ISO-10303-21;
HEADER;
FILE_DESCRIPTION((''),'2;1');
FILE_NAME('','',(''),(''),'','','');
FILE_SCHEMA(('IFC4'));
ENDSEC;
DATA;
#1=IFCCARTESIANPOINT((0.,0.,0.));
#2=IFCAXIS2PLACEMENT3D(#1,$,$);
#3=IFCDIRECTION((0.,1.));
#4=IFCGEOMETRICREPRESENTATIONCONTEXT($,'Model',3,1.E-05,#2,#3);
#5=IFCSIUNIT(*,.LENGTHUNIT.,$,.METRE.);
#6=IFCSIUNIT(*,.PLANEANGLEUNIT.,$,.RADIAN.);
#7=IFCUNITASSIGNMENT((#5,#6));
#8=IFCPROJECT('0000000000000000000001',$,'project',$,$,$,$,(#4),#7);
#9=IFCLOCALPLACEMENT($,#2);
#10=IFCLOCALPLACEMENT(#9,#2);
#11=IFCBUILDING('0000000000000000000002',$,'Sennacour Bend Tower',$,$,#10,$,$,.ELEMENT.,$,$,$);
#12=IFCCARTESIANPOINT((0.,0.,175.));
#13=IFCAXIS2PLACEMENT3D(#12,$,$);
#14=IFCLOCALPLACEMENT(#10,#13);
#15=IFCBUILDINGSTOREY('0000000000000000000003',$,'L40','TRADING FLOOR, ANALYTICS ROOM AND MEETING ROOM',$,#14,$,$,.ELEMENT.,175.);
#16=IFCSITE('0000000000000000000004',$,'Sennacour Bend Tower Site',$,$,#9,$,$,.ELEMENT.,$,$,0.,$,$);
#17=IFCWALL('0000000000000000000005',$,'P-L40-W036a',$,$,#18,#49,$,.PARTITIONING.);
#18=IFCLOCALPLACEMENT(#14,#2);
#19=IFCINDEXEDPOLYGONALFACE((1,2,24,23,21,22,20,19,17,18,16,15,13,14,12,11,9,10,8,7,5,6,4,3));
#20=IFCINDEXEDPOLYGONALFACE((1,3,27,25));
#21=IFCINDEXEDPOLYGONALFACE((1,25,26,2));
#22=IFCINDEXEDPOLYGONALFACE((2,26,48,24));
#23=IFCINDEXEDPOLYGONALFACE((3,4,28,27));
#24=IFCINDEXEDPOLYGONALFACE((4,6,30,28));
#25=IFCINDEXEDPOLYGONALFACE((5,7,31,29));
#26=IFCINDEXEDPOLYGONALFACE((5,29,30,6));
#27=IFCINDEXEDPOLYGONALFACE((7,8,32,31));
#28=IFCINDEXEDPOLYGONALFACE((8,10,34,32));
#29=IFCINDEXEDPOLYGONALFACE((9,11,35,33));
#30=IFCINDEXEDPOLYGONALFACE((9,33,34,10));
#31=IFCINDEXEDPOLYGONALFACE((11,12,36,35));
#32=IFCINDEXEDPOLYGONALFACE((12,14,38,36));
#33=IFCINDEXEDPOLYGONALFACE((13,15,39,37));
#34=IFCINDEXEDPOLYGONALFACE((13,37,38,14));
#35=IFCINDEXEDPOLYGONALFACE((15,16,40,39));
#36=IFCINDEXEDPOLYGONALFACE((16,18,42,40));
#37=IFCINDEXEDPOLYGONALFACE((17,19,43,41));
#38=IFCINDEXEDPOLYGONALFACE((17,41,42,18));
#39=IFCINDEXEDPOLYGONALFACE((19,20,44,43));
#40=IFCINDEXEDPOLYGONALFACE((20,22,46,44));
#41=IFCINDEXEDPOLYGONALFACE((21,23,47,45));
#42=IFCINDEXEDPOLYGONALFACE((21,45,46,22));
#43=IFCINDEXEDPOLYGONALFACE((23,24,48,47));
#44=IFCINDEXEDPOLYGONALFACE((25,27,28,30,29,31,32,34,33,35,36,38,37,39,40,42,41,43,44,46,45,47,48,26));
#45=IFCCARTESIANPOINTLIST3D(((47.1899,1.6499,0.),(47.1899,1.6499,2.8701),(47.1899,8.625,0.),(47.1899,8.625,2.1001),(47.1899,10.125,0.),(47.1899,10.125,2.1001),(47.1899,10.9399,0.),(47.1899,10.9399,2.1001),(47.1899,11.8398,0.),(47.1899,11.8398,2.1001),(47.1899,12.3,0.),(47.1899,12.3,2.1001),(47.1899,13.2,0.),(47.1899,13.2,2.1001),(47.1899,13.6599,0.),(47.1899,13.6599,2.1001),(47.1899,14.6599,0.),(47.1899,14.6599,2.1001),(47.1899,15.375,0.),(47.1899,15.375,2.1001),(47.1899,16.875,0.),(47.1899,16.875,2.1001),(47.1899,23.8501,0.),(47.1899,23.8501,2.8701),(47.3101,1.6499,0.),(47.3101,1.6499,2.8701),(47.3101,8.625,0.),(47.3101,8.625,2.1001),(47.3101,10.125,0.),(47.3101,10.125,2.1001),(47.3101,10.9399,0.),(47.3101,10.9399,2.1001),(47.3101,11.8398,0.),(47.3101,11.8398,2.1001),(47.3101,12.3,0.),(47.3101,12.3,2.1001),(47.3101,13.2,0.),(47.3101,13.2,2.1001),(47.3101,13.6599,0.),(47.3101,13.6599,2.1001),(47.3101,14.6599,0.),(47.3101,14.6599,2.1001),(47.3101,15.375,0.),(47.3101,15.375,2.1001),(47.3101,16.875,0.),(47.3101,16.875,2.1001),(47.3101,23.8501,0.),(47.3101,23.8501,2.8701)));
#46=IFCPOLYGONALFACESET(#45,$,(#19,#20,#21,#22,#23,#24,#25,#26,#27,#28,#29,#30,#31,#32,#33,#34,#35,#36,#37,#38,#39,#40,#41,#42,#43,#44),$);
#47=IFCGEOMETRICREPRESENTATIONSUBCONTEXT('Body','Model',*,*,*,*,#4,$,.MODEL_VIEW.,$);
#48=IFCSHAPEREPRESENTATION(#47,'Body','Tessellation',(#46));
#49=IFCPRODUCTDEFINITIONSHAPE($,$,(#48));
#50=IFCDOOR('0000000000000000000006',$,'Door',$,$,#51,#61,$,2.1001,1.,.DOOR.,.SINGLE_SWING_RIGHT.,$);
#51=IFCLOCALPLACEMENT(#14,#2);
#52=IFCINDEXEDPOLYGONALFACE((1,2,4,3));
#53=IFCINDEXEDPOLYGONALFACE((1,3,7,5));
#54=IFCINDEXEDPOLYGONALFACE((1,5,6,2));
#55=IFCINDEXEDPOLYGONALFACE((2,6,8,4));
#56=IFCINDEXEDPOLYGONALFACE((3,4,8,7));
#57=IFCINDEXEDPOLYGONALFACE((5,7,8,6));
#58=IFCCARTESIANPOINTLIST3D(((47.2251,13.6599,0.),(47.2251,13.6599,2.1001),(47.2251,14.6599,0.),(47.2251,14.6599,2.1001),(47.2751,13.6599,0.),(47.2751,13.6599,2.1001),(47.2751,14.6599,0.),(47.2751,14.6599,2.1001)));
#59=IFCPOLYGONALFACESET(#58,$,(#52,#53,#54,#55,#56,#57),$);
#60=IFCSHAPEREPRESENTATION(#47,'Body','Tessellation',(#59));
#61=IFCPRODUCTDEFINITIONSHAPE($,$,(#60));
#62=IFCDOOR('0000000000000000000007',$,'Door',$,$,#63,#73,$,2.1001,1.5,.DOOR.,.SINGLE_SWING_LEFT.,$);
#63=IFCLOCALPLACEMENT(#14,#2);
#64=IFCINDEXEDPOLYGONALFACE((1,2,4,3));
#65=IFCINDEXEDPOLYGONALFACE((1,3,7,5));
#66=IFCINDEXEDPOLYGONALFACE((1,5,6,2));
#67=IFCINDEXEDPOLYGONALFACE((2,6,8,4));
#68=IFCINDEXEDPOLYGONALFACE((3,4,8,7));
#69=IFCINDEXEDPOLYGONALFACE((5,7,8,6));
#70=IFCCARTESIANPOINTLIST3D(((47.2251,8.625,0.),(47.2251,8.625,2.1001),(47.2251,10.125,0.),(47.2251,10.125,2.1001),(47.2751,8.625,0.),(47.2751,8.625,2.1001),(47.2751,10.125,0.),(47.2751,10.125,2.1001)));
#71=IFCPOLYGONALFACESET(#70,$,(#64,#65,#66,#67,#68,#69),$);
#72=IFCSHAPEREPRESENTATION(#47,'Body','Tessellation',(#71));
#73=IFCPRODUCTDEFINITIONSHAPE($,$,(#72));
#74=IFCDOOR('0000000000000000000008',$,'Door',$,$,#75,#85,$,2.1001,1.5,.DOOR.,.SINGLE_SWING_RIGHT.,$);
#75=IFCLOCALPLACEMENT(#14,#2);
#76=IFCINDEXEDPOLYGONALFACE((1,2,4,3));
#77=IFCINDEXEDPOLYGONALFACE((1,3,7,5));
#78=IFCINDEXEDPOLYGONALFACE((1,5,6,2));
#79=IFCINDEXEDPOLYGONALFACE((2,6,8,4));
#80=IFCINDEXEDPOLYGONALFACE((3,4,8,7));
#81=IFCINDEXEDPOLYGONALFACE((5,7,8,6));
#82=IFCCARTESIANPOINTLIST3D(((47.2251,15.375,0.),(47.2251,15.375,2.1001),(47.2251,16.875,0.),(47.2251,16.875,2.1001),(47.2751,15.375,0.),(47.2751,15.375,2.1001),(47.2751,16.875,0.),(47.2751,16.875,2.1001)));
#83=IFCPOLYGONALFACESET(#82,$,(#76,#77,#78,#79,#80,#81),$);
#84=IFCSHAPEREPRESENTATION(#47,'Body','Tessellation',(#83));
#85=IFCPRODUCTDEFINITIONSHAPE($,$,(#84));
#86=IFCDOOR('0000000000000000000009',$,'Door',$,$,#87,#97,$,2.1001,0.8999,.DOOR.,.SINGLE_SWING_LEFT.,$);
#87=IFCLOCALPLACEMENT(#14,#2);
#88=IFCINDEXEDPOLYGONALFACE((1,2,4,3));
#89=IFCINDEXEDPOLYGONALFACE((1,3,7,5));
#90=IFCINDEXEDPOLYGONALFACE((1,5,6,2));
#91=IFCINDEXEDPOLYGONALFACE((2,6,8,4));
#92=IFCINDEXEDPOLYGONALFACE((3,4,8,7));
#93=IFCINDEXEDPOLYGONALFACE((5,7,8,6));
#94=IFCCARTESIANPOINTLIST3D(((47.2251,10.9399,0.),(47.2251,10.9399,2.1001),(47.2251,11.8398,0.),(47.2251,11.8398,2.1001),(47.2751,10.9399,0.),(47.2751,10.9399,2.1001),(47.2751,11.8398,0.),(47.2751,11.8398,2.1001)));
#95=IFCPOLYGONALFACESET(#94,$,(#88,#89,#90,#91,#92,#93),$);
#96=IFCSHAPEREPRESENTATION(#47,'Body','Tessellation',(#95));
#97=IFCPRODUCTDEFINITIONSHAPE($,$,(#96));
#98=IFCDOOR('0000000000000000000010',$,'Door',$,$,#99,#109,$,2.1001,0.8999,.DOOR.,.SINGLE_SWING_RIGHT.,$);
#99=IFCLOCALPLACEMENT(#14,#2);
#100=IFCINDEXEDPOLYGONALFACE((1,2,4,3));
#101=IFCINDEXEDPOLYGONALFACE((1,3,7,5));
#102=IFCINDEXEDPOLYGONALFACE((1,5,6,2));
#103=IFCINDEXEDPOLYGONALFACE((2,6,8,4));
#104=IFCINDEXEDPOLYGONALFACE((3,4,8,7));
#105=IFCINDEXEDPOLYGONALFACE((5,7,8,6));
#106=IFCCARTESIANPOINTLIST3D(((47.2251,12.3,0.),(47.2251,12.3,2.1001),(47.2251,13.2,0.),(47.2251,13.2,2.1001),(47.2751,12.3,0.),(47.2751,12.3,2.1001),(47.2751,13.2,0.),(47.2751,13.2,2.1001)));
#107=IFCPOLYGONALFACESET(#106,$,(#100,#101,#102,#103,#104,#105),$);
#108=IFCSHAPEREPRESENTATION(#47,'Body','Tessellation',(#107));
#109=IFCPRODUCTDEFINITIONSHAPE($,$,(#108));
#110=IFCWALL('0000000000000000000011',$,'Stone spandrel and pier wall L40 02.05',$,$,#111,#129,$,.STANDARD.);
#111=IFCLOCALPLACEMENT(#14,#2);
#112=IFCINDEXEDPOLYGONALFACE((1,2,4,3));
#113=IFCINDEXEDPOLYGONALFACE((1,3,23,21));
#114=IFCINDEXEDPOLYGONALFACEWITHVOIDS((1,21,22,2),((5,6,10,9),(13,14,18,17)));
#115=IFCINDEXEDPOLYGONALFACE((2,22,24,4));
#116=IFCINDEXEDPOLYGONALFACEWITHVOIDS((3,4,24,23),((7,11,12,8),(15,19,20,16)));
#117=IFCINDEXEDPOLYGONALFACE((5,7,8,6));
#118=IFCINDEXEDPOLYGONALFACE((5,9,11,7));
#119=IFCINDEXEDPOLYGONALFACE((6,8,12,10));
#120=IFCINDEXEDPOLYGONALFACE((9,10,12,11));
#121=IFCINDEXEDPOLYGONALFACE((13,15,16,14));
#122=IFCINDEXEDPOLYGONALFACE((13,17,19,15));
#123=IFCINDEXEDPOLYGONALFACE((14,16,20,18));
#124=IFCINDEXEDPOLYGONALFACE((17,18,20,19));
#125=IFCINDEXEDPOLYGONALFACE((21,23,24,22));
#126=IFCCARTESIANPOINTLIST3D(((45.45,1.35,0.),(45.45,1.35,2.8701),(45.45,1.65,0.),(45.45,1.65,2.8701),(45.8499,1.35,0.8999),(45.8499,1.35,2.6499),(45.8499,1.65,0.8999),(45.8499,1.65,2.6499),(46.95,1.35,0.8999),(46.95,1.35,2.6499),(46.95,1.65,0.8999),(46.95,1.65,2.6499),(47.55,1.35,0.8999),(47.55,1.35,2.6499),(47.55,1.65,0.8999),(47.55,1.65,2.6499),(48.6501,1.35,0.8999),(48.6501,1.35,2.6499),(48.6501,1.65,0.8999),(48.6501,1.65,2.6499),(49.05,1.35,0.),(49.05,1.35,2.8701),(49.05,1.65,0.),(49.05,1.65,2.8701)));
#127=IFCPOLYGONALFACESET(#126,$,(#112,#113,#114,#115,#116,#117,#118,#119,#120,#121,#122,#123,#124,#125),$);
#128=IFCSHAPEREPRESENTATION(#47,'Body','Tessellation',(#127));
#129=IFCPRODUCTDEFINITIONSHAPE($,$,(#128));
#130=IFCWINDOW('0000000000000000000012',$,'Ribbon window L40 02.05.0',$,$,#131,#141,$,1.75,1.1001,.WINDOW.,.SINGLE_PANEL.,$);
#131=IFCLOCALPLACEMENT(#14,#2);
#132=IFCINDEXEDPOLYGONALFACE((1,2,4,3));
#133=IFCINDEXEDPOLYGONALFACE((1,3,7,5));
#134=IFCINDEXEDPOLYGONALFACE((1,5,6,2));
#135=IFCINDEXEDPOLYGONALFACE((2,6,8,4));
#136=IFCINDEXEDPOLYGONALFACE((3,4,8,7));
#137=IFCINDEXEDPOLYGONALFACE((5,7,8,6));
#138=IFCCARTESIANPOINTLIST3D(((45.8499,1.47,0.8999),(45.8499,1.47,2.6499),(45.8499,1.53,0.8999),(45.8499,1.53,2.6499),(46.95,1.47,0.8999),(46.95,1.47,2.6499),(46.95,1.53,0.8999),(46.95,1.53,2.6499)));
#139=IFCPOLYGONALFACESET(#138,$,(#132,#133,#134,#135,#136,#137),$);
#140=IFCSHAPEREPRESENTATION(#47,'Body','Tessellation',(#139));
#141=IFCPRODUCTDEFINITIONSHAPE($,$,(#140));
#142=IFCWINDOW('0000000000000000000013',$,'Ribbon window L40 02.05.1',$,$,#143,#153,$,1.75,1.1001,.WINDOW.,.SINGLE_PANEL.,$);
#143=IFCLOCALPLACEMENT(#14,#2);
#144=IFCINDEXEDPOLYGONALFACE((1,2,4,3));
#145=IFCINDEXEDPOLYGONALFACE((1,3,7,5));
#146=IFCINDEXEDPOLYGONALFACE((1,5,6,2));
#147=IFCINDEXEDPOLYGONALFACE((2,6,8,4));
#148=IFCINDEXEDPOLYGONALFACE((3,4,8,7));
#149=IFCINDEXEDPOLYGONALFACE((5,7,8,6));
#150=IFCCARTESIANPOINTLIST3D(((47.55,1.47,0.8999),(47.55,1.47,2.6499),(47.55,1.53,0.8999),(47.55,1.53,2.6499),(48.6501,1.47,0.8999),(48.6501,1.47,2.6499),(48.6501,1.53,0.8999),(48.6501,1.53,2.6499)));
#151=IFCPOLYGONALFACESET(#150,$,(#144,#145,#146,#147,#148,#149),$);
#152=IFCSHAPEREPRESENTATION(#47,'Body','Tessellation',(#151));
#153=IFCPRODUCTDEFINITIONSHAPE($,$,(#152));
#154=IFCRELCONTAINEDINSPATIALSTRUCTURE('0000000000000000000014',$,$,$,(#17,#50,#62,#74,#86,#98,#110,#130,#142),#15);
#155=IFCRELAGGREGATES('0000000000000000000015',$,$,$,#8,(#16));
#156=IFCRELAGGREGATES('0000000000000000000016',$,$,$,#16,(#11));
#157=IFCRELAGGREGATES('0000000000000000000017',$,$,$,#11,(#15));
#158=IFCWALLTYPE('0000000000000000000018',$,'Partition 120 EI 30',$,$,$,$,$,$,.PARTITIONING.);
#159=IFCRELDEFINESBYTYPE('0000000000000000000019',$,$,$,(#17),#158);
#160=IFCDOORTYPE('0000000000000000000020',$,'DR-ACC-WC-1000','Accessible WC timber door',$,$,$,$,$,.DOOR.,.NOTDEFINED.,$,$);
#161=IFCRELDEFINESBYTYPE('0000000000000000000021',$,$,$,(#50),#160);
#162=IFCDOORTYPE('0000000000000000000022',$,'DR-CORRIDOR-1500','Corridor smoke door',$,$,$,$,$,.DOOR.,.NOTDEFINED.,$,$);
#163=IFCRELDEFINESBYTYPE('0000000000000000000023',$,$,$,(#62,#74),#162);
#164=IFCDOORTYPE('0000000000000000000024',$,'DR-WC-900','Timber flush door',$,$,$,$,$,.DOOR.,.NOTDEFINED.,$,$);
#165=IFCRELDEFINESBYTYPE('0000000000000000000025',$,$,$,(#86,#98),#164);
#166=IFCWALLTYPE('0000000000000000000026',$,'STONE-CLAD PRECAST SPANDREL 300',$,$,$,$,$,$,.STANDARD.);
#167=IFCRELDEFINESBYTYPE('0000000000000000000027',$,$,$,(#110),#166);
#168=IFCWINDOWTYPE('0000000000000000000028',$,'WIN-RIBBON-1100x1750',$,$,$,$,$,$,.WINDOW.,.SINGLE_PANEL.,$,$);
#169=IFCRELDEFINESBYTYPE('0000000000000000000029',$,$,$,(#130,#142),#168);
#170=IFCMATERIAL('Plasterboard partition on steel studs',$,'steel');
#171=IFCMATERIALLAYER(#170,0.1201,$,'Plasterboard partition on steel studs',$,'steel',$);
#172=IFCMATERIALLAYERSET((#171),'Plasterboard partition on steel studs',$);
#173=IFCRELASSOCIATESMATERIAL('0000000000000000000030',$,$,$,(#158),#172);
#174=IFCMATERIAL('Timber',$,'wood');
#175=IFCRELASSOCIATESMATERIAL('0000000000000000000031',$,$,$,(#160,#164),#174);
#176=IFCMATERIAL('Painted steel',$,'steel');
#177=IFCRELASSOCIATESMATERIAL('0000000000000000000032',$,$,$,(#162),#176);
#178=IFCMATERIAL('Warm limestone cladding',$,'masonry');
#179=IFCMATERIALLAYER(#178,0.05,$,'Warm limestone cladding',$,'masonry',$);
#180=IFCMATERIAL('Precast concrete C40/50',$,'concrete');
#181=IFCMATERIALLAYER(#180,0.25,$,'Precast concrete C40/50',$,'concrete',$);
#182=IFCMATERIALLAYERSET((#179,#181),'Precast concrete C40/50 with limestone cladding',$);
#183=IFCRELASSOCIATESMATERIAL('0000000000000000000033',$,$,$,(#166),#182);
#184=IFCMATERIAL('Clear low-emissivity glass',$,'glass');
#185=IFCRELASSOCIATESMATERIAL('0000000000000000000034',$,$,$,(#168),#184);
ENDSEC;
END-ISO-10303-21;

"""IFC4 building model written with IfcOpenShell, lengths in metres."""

from ifc_helpers import new_model, si_unit, direction, frame, frame_2d, origin, place, context, subcontext, project, spatial, rectangle, extrude, material, layer, layer_set, type_object, element, fill, save


model = new_model("IFC4")

# Units and contexts
model_context = context("Model", 3, precision=1e-05, world=origin(), true_north=direction((0.0, 1.0)))
body_context = subcontext(model_context, "Body", "Model", "MODEL_VIEW")
ifc_project = project(units=[si_unit("LENGTHUNIT", "METRE"), si_unit("PLANEANGLEUNIT", "RADIAN")], contexts=[model_context])

# Site, building, storey
site_placement = place(None, origin())
site = spatial("IfcSite", under=ifc_project, at=site_placement, Name="Sennacour Bend Tower Site", CompositionType="ELEMENT", RefElevation=0.0)
building_placement = place(site_placement, origin())
building = spatial("IfcBuilding", under=site, at=building_placement, Name="Sennacour Bend Tower", CompositionType="ELEMENT")
storey_placement = place(building_placement, frame((0.0, 0.0, 175.0)))
storey = spatial("IfcBuildingStorey", under=building, at=storey_placement, Name="L40", Description="TRADING FLOOR, ANALYTICS ROOM AND MEETING ROOM", CompositionType="ELEMENT", Elevation=175.0)

# Shared definitions
ifc_material_1 = material(Name="Plasterboard partition on steel studs", Category="steel")

# Wall, openings, doors
ifc_layer_1 = layer(ifc_material_1, 0.1201, Name="Plasterboard partition on steel studs", Category="steel")
ifc_layer_set_1 = layer_set([ifc_layer_1], Name="Plasterboard partition on steel studs")
wall_type_1 = type_object("IfcWallType", Name="Partition 120 EI 30", PredefinedType="PARTITIONING", material=ifc_layer_set_1)
wall_1_placement = place(storey_placement, frame((47.25, 1.6499, 0.0), z_axis=(0.0, 0.0, 1.0), x_axis=(0.0, 1.0, 0.0)))
wall_1 = element("IfcWall", 1, at=wall_1_placement, inside=storey, type_object=wall_type_1, Name="P-L40-W036a", PredefinedType="PARTITIONING", context=body_context, shape_type="SweptSolid", body=[
    extrude(rectangle(XDim=22.2002, YDim=0.1201, at=frame_2d((11.1001, 0.0))), origin(), (0.0, 0.0, 1.0), 2.8701),
])
opening_1_placement = place(wall_1_placement, frame((6.9751, 0.0, 0.0)))
opening_1 = element("IfcOpeningElement", 2, at=opening_1_placement, cuts=wall_1, PredefinedType="OPENING", context=body_context, shape_type="SweptSolid", body=[
    extrude(rectangle(XDim=1.5, YDim=2.1001, at=frame_2d((0.75, 1.05))), frame((0.0, 0.0701, 0.0), z_axis=(0.0, -1.0, 0.0), x_axis=(1.0, 0.0, 0.0)), (0.0, 0.0, 1.0), 0.1401),
])
opening_2_placement = place(wall_1_placement, frame((13.7251, 0.0, 0.0)))
opening_2 = element("IfcOpeningElement", 3, at=opening_2_placement, cuts=wall_1, PredefinedType="OPENING", context=body_context, shape_type="SweptSolid", body=[
    extrude(rectangle(XDim=1.5, YDim=2.1001, at=frame_2d((0.75, 1.05))), frame((0.0, 0.0701, 0.0), z_axis=(0.0, -1.0, 0.0), x_axis=(1.0, 0.0, 0.0)), (0.0, 0.0, 1.0), 0.1401),
])
opening_3_placement = place(wall_1_placement, frame((9.29, 0.0, 0.0)))
opening_3 = element("IfcOpeningElement", 4, at=opening_3_placement, cuts=wall_1, PredefinedType="OPENING", context=body_context, shape_type="SweptSolid", body=[
    extrude(rectangle(XDim=0.8999, YDim=2.1001, at=frame_2d((0.45, 1.05))), frame((0.0, 0.0701, 0.0), z_axis=(0.0, -1.0, 0.0), x_axis=(1.0, 0.0, 0.0)), (0.0, 0.0, 1.0), 0.1401),
])
opening_4_placement = place(wall_1_placement, frame((10.6501, 0.0, 0.0)))
opening_4 = element("IfcOpeningElement", 5, at=opening_4_placement, cuts=wall_1, PredefinedType="OPENING", context=body_context, shape_type="SweptSolid", body=[
    extrude(rectangle(XDim=0.8999, YDim=2.1001, at=frame_2d((0.45, 1.05))), frame((0.0, 0.0701, 0.0), z_axis=(0.0, -1.0, 0.0), x_axis=(1.0, 0.0, 0.0)), (0.0, 0.0, 1.0), 0.1401),
])
opening_5_placement = place(wall_1_placement, frame((12.01, 0.0, 0.0)))
opening_5 = element("IfcOpeningElement", 6, at=opening_5_placement, cuts=wall_1, PredefinedType="OPENING", context=body_context, shape_type="SweptSolid", body=[
    extrude(rectangle(XDim=1.0, YDim=2.1001, at=frame_2d((0.5, 1.05))), frame((0.0, 0.0701, 0.0), z_axis=(0.0, -1.0, 0.0), x_axis=(1.0, 0.0, 0.0)), (0.0, 0.0, 1.0), 0.1401),
])
ifc_material_2 = material(Name="Timber", Category="wood")
door_type_1 = type_object("IfcDoorType", Name="DR-ACC-WC-1000", Description="Accessible WC timber door", OperationType="NOTDEFINED", PredefinedType="DOOR", material=ifc_material_2)
door_1_placement = place(opening_5_placement, origin())
door_1 = element("IfcDoor", 7, at=door_1_placement, inside=storey, type_object=door_type_1, Name="Door", OperationType="SINGLE_SWING_RIGHT", OverallHeight=2.1001, OverallWidth=1.0, PredefinedType="DOOR", context=body_context, shape_type="SweptSolid", body=[
    extrude(rectangle(XDim=1.0, YDim=2.1001, at=frame_2d((0.5, 1.05))), frame((0.0, 0.0249, 0.0), z_axis=(0.0, -1.0, 0.0), x_axis=(1.0, 0.0, 0.0)), (0.0, 0.0, 1.0), 0.05),
])
fill(opening_5, door_1)
ifc_material_3 = material(Name="Painted steel", Category="steel")
door_type_2 = type_object("IfcDoorType", Name="DR-CORRIDOR-1500", Description="Corridor smoke door", OperationType="NOTDEFINED", PredefinedType="DOOR", material=ifc_material_3)
door_2_placement = place(opening_1_placement, origin())
door_2 = element("IfcDoor", 8, at=door_2_placement, inside=storey, type_object=door_type_2, Name="Door", OperationType="SINGLE_SWING_LEFT", OverallHeight=2.1001, OverallWidth=1.5, PredefinedType="DOOR", context=body_context, shape_type="SweptSolid", body=[
    extrude(rectangle(XDim=1.5, YDim=2.1001, at=frame_2d((0.75, 1.05))), frame((0.0, 0.0249, 0.0), z_axis=(0.0, -1.0, 0.0), x_axis=(1.0, 0.0, 0.0)), (0.0, 0.0, 1.0), 0.05),
])
fill(opening_1, door_2)
door_3_placement = place(opening_2_placement, origin())
door_3 = element("IfcDoor", 9, at=door_3_placement, inside=storey, type_object=door_type_2, Name="Door", OperationType="SINGLE_SWING_RIGHT", OverallHeight=2.1001, OverallWidth=1.5, PredefinedType="DOOR", context=body_context, shape_type="SweptSolid", body=[
    extrude(rectangle(XDim=1.5, YDim=2.1001, at=frame_2d((0.75, 1.05))), frame((0.0, 0.0249, 0.0), z_axis=(0.0, -1.0, 0.0), x_axis=(1.0, 0.0, 0.0)), (0.0, 0.0, 1.0), 0.05),
])
fill(opening_2, door_3)
door_type_3 = type_object("IfcDoorType", Name="DR-WC-900", Description="Timber flush door", OperationType="NOTDEFINED", PredefinedType="DOOR", material=ifc_material_2)
door_4_placement = place(opening_3_placement, origin())
door_4 = element("IfcDoor", 10, at=door_4_placement, inside=storey, type_object=door_type_3, Name="Door", OperationType="SINGLE_SWING_LEFT", OverallHeight=2.1001, OverallWidth=0.8999, PredefinedType="DOOR", context=body_context, shape_type="SweptSolid", body=[
    extrude(rectangle(XDim=0.8999, YDim=2.1001, at=frame_2d((0.45, 1.05))), frame((0.0, 0.0249, 0.0), z_axis=(0.0, -1.0, 0.0), x_axis=(1.0, 0.0, 0.0)), (0.0, 0.0, 1.0), 0.05),
])
fill(opening_3, door_4)
door_5_placement = place(opening_4_placement, origin())
door_5 = element("IfcDoor", 11, at=door_5_placement, inside=storey, type_object=door_type_3, Name="Door", OperationType="SINGLE_SWING_RIGHT", OverallHeight=2.1001, OverallWidth=0.8999, PredefinedType="DOOR", context=body_context, shape_type="SweptSolid", body=[
    extrude(rectangle(XDim=0.8999, YDim=2.1001, at=frame_2d((0.45, 1.05))), frame((0.0, 0.0249, 0.0), z_axis=(0.0, -1.0, 0.0), x_axis=(1.0, 0.0, 0.0)), (0.0, 0.0, 1.0), 0.05),
])
fill(opening_4, door_5)

# Wall, openings, windows
ifc_material_4 = material(Name="Warm limestone cladding", Category="masonry")
ifc_layer_2 = layer(ifc_material_4, 0.05, Name="Warm limestone cladding", Category="masonry")
ifc_material_5 = material(Name="Precast concrete C40/50", Category="concrete")
ifc_layer_3 = layer(ifc_material_5, 0.25, Name="Precast concrete C40/50", Category="concrete")
ifc_layer_set_2 = layer_set([ifc_layer_2, ifc_layer_3], Name="Precast concrete C40/50 with limestone cladding")
wall_type_2 = type_object("IfcWallType", Name="STONE-CLAD PRECAST SPANDREL 300", PredefinedType="STANDARD", material=ifc_layer_set_2)
wall_2_placement = place(storey_placement, frame((45.45, 1.5, 0.0), z_axis=(0.0, 0.0, 1.0), x_axis=(1.0, 0.0, 0.0)))
wall_2 = element("IfcWall", 12, at=wall_2_placement, inside=storey, type_object=wall_type_2, Name="Stone spandrel and pier wall L40 02.05", PredefinedType="STANDARD", context=body_context, shape_type="SweptSolid", body=[
    extrude(rectangle(XDim=3.6001, YDim=0.3, at=frame_2d((1.8, 0.0))), origin(), (0.0, 0.0, 1.0), 2.8701),
])
opening_6_placement = place(wall_2_placement, frame((0.3999, 0.0, 0.8999)))
opening_6 = element("IfcOpeningElement", 13, at=opening_6_placement, cuts=wall_2, PredefinedType="OPENING", context=body_context, shape_type="SweptSolid", body=[
    extrude(rectangle(XDim=1.1001, YDim=1.75, at=frame_2d((0.55, 0.875))), frame((0.0, 0.1602, 0.0), z_axis=(0.0, -1.0, 0.0), x_axis=(1.0, 0.0, 0.0)), (0.0, 0.0, 1.0), 0.3201),
])
opening_7_placement = place(wall_2_placement, frame((2.1001, 0.0, 0.8999)))
opening_7 = element("IfcOpeningElement", 14, at=opening_7_placement, cuts=wall_2, PredefinedType="OPENING", context=body_context, shape_type="SweptSolid", body=[
    extrude(rectangle(XDim=1.1001, YDim=1.75, at=frame_2d((0.55, 0.875))), frame((0.0, 0.1602, 0.0), z_axis=(0.0, -1.0, 0.0), x_axis=(1.0, 0.0, 0.0)), (0.0, 0.0, 1.0), 0.3201),
])
ifc_material_6 = material(Name="Clear low-emissivity glass", Category="glass")
window_type = type_object("IfcWindowType", Name="WIN-RIBBON-1100x1750", PartitioningType="SINGLE_PANEL", PredefinedType="WINDOW", material=ifc_material_6)
window_1_placement = place(opening_6_placement, origin())
window_1 = element("IfcWindow", 15, at=window_1_placement, inside=storey, type_object=window_type, Name="Ribbon window L40 02.05.0", OverallHeight=1.75, OverallWidth=1.1001, PartitioningType="SINGLE_PANEL", PredefinedType="WINDOW", context=body_context, shape_type="SweptSolid", body=[
    extrude(rectangle(XDim=1.1001, YDim=1.75, at=frame_2d((0.55, 0.875))), frame((0.0, 0.03, 0.0), z_axis=(0.0, -1.0, 0.0), x_axis=(1.0, 0.0, 0.0)), (0.0, 0.0, 1.0), 0.0601),
])
fill(opening_6, window_1)
window_2_placement = place(opening_7_placement, origin())
window_2 = element("IfcWindow", 16, at=window_2_placement, inside=storey, type_object=window_type, Name="Ribbon window L40 02.05.1", OverallHeight=1.75, OverallWidth=1.1001, PartitioningType="SINGLE_PANEL", PredefinedType="WINDOW", context=body_context, shape_type="SweptSolid", body=[
    extrude(rectangle(XDim=1.1001, YDim=1.75, at=frame_2d((0.55, 0.875))), frame((0.0, 0.03, 0.0), z_axis=(0.0, -1.0, 0.0), x_axis=(1.0, 0.0, 0.0)), (0.0, 0.0, 1.0), 0.0601),
])
fill(opening_7, window_2)

save(model, "model.ifc")
